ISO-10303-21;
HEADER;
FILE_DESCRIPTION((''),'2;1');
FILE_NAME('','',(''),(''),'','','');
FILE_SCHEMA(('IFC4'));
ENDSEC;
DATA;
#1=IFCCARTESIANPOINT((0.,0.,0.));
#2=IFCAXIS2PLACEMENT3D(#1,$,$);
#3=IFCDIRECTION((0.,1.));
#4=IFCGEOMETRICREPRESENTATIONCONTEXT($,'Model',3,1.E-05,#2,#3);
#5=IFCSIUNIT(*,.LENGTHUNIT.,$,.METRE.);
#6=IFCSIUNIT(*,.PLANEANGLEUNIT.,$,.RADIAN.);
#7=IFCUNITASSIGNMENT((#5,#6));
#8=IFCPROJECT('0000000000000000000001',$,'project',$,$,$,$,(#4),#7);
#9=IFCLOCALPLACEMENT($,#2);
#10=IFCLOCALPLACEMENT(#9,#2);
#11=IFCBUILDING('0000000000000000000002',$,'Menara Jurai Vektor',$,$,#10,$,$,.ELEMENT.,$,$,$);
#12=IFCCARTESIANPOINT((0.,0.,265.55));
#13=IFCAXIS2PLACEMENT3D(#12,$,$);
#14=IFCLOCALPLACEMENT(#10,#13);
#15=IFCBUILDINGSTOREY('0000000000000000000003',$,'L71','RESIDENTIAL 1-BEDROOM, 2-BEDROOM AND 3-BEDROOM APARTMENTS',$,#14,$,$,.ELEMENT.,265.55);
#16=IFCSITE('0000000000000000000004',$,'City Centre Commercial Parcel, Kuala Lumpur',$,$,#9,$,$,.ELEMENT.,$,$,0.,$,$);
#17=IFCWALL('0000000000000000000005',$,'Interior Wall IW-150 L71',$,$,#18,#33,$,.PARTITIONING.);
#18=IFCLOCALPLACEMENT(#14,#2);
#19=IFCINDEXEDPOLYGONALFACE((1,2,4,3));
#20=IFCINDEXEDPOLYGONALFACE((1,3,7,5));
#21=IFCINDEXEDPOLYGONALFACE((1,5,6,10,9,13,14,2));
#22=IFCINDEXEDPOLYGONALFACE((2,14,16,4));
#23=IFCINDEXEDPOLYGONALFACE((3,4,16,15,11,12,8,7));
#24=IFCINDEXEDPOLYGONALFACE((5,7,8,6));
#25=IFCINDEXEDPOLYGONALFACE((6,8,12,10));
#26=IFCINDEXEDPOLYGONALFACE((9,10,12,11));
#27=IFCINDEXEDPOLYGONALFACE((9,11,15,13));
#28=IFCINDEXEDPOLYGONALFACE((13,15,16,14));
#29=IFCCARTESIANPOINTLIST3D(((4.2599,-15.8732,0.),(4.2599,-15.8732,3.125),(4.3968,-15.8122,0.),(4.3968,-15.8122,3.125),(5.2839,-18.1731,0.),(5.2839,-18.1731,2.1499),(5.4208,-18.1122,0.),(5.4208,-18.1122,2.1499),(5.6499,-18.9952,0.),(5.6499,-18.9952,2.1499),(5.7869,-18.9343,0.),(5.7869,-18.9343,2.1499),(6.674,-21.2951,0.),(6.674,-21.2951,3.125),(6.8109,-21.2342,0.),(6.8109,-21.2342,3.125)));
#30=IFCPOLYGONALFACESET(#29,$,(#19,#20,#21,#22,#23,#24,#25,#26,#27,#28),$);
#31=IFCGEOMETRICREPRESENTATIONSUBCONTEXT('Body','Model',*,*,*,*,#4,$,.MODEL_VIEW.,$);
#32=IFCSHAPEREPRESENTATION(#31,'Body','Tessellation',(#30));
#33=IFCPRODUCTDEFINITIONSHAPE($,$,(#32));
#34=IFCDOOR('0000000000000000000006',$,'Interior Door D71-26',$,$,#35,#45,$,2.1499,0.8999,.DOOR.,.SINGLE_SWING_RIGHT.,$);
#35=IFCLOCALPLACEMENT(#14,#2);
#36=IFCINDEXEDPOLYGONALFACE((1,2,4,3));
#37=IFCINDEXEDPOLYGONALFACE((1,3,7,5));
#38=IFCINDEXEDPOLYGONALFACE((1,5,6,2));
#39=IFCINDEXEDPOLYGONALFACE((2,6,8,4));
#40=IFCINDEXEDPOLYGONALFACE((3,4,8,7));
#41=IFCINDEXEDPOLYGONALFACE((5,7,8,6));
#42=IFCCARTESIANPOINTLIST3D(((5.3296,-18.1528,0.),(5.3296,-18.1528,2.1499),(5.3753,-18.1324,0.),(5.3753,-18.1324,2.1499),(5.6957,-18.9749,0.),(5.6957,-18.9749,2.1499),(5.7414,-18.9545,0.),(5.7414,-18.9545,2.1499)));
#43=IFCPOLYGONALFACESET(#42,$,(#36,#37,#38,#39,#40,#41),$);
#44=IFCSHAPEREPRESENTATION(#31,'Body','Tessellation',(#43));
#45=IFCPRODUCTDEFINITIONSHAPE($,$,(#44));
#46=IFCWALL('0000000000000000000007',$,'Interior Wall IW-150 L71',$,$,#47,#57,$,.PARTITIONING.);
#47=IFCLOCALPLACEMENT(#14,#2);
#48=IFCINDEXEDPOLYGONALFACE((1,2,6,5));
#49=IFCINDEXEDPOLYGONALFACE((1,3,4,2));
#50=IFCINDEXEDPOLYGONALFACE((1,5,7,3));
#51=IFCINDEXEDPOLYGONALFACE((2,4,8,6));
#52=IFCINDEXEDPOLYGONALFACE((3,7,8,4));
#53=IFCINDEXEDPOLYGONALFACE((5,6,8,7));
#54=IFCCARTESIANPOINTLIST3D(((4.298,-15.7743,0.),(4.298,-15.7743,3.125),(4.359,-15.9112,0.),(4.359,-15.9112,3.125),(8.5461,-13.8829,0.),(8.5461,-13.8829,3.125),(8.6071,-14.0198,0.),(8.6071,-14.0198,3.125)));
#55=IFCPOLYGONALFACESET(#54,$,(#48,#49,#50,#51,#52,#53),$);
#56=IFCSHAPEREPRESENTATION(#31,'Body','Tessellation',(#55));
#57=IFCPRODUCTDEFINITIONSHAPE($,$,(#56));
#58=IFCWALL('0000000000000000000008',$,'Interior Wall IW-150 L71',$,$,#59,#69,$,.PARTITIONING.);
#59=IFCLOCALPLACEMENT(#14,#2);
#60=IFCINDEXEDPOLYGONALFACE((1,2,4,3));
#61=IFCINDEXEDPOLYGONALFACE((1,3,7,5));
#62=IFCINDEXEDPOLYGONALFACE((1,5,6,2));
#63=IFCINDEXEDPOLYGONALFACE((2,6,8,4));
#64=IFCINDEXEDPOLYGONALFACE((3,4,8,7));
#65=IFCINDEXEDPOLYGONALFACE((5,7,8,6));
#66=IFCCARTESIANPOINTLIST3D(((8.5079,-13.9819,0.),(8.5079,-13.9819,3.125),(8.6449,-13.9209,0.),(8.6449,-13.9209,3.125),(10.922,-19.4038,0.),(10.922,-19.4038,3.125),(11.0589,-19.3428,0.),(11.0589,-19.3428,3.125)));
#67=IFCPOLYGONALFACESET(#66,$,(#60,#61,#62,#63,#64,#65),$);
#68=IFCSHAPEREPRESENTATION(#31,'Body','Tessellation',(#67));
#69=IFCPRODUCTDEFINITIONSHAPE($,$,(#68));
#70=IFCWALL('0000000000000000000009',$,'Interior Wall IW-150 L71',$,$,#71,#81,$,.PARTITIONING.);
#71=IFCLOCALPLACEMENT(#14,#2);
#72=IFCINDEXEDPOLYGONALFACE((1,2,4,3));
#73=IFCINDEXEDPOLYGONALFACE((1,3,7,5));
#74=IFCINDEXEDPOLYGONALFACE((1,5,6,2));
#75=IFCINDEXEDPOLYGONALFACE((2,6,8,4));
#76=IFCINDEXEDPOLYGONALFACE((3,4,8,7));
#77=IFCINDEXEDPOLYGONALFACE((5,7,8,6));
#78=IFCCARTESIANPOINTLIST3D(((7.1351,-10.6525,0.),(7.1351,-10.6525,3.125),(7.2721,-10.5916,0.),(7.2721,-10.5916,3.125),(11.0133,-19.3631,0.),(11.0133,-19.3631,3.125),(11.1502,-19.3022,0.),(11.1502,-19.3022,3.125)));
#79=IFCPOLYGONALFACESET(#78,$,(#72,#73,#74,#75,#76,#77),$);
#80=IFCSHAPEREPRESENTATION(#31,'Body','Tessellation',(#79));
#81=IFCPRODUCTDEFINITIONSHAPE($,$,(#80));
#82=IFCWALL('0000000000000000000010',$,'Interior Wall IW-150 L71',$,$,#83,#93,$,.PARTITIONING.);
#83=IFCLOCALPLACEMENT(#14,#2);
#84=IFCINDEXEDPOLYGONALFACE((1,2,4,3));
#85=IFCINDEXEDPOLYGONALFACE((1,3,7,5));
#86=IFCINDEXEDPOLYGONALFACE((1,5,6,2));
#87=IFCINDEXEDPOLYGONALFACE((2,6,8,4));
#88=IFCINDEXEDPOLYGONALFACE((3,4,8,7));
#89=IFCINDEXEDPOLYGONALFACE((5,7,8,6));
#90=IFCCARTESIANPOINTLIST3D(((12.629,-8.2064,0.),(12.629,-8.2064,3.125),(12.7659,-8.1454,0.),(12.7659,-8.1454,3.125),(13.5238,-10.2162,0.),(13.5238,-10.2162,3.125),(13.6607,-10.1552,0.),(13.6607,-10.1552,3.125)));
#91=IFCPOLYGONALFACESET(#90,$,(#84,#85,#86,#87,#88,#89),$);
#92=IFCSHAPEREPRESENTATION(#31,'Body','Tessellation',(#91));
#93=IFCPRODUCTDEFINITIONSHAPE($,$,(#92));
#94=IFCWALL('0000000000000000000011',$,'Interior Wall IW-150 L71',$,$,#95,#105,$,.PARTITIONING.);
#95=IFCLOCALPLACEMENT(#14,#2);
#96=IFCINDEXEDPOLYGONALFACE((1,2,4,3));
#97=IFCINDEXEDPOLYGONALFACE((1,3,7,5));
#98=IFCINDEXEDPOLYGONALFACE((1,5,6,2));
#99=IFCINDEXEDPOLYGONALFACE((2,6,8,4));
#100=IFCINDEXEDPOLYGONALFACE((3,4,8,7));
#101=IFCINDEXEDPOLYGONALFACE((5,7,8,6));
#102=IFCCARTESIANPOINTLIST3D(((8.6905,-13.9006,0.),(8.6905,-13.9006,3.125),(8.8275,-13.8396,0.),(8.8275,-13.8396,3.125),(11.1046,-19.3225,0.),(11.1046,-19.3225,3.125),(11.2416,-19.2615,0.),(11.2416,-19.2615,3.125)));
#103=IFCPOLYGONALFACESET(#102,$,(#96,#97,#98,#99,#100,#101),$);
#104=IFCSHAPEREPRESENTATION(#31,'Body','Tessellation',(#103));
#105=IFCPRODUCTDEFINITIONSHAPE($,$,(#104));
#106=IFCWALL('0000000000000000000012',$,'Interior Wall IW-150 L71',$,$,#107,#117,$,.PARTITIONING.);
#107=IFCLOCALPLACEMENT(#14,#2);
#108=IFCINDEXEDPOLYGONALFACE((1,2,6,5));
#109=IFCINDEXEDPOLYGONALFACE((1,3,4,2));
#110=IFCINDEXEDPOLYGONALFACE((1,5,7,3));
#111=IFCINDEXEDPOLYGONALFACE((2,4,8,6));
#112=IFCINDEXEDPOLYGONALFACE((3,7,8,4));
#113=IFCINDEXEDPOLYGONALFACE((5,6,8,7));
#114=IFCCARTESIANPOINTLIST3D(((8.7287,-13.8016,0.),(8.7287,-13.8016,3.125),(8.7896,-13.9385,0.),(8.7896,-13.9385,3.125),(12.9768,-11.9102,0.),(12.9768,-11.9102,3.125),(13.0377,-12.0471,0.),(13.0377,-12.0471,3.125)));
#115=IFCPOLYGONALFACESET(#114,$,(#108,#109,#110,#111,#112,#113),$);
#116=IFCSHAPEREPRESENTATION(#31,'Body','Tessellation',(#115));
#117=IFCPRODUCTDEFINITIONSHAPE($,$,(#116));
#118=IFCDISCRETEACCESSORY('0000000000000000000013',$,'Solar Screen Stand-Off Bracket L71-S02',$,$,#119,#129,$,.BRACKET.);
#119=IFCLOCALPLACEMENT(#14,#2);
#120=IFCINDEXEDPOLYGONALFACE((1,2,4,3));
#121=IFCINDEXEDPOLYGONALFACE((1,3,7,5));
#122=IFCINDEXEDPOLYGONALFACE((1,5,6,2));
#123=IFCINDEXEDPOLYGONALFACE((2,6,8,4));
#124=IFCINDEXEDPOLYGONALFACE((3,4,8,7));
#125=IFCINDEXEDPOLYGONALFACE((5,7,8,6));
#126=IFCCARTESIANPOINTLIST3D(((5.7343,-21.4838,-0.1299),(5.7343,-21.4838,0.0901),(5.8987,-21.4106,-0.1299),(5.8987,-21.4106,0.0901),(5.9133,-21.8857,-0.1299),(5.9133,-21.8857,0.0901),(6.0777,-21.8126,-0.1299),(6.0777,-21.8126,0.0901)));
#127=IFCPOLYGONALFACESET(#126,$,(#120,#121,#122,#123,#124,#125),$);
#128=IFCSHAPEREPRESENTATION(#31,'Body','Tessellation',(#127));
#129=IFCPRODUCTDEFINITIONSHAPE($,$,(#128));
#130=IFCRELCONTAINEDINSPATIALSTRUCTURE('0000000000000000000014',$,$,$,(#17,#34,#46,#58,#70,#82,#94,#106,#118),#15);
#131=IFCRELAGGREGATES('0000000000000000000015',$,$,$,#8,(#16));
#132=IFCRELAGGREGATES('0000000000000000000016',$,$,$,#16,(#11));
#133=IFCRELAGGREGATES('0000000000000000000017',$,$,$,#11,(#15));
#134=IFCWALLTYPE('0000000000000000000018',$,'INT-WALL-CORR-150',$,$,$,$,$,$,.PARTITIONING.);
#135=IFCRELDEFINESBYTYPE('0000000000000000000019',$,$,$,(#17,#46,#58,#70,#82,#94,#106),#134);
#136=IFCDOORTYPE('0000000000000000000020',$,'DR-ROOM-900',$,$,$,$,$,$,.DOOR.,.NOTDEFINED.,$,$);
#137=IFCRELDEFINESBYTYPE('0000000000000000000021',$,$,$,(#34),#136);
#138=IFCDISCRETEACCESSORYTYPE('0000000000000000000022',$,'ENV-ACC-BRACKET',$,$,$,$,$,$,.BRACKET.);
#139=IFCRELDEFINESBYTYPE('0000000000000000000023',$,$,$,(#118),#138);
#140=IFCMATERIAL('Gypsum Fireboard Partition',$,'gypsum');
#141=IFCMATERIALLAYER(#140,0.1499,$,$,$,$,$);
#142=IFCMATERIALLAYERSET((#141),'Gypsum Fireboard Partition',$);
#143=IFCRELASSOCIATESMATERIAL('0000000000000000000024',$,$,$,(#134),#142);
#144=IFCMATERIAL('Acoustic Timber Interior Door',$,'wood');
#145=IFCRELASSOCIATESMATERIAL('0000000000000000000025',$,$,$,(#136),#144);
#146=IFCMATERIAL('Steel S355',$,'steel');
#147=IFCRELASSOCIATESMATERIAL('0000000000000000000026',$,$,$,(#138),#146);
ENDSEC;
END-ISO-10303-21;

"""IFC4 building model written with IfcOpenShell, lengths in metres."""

from ifc_helpers import new_model, si_unit, direction, frame, frame_2d, origin, origin_2d, place, context, subcontext, project, spatial, rectangle, extrude, material, layer, layer_set, type_object, element, fill, save


model = new_model("IFC4")

# Units and contexts
model_context = context("Model", 3, precision=1e-05, world=origin(), true_north=direction((0.0, 1.0)))
body_context = subcontext(model_context, "Body", "Model", "MODEL_VIEW")
ifc_project = project(units=[si_unit("LENGTHUNIT", "METRE"), si_unit("PLANEANGLEUNIT", "RADIAN")], contexts=[model_context])

# Site, building, storey
site_placement = place(None, origin())
site = spatial("IfcSite", under=ifc_project, at=site_placement, Name="City Centre Commercial Parcel, Kuala Lumpur", CompositionType="ELEMENT", RefElevation=0.0)
building_placement = place(site_placement, origin())
building = spatial("IfcBuilding", under=site, at=building_placement, Name="Menara Jurai Vektor", CompositionType="ELEMENT")
storey_placement = place(building_placement, frame((0.0, 0.0, 265.55)))
storey = spatial("IfcBuildingStorey", under=building, at=storey_placement, Name="L71", Description="RESIDENTIAL 1-BEDROOM, 2-BEDROOM AND 3-BEDROOM APARTMENTS", CompositionType="ELEMENT", Elevation=265.55)

# Shared definitions
ifc_material_1 = material(Name="Steel S355", Category="steel")

# Shared definitions
ifc_material_2 = material(Name="Gypsum Fireboard Partition", Category="gypsum")
ifc_layer_1 = layer(ifc_material_2, 0.1499)
ifc_layer_set_1 = layer_set([ifc_layer_1], Name="Gypsum Fireboard Partition")
wall_type = type_object("IfcWallType", Name="INT-WALL-CORR-150", PredefinedType="PARTITIONING", material=ifc_layer_set_1)

# Wall, opening, door
wall_1_placement = place(storey_placement, frame((6.7424, -21.2646, 0.0), z_axis=(0.0, 0.0, 1.0), x_axis=(-0.406749, 0.91354, 0.0)))
wall_1 = element("IfcWall", 1, at=wall_1_placement, inside=storey, type_object=wall_type, Name="Interior Wall IW-150 L71", PredefinedType="PARTITIONING", context=body_context, shape_type="SweptSolid", body=[
    extrude(rectangle(XDim=5.9351, YDim=0.1499, at=frame_2d((2.9675, 0.0))), origin(), (0.0, 0.0, 1.0), 3.125),
])
opening_1_placement = place(wall_1_placement, frame((2.5176, 0.0, 0.0)))
opening_1 = element("IfcOpeningElement", 2, at=opening_1_placement, cuts=wall_1, PredefinedType="OPENING", context=body_context, shape_type="SweptSolid", body=[
    extrude(rectangle(XDim=0.8999, YDim=2.1499, at=frame_2d((0.45, 1.075))), frame((0.0, 0.085, 0.0), z_axis=(0.0, -1.0, 0.0), x_axis=(1.0, 0.0, 0.0)), (0.0, 0.0, 1.0), 0.1699),
])
ifc_material_3 = material(Name="Acoustic Timber Interior Door", Category="wood")
door_type_1 = type_object("IfcDoorType", Name="DR-ROOM-900", OperationType="NOTDEFINED", PredefinedType="DOOR", material=ifc_material_3)
door_1_placement = place(opening_1_placement, origin())
door_1 = element("IfcDoor", 3, at=door_1_placement, inside=storey, type_object=door_type_1, Name="Interior Door D71-26", OperationType="SINGLE_SWING_RIGHT", OverallHeight=2.1499, OverallWidth=0.8999, PredefinedType="DOOR", context=body_context, shape_type="SweptSolid", body=[
    extrude(rectangle(XDim=0.8999, YDim=2.1499, at=frame_2d((0.45, 1.075))), frame((0.0, 0.0249, 0.0), z_axis=(0.0, -1.0, 0.0), x_axis=(1.0, 0.0, 0.0)), (0.0, 0.0, 1.0), 0.05),
])
fill(opening_1, door_1)

# Walls
wall_2_placement = place(storey_placement, frame((4.3284, -15.8428, 0.0), z_axis=(0.0, 0.0, 1.0), x_axis=(0.913545, 0.406738, 0.0)))
element("IfcWall", 4, at=wall_2_placement, inside=storey, type_object=wall_type, Name="Interior Wall IW-150 L71", PredefinedType="PARTITIONING", context=body_context, shape_type="SweptSolid", body=[
    extrude(rectangle(XDim=4.6501, YDim=0.1499, at=frame_2d((2.3252, 0.0))), origin(), (0.0, 0.0, 1.0), 3.125),
])
wall_3_placement = place(storey_placement, frame((10.9905, -19.3733, 0.0), z_axis=(0.0, 0.0, 1.0), x_axis=(-0.406749, 0.91354, 0.0)))
element("IfcWall", 5, at=wall_3_placement, inside=storey, type_object=wall_type, Name="Interior Wall IW-150 L71", PredefinedType="PARTITIONING", context=body_context, shape_type="SweptSolid", body=[
    extrude(rectangle(XDim=5.9351, YDim=0.1499, at=frame_2d((2.9675, 0.0))), origin(), (0.0, 0.0, 1.0), 3.125),
])
wall_4_placement = place(storey_placement, frame((11.0818, -19.3328, 0.0), z_axis=(0.0, 0.0, 1.0), x_axis=(-0.40673, 0.913548, 0.0)))
element("IfcWall", 6, at=wall_4_placement, inside=storey, type_object=wall_type, Name="Interior Wall IW-150 L71", PredefinedType="PARTITIONING", context=body_context, shape_type="SweptSolid", body=[
    extrude(rectangle(XDim=9.5349, YDim=0.1499, at=frame_2d((4.7676, 0.0))), origin(), (0.0, 0.0, 1.0), 3.125),
])
wall_5_placement = place(storey_placement, frame((13.5923, -10.1858, 0.0), z_axis=(0.0, 0.0, 1.0), x_axis=(-0.406725, 0.913551, 0.0)))
element("IfcWall", 7, at=wall_5_placement, inside=storey, type_object=wall_type, Name="Interior Wall IW-150 L71", PredefinedType="PARTITIONING", context=body_context, shape_type="SweptSolid", body=[
    extrude(rectangle(XDim=2.2, YDim=0.1499, at=frame_2d((1.1001, 0.0))), origin(), (0.0, 0.0, 1.0), 3.125),
])

# Walls
wall_6_placement = place(storey_placement, frame((11.1731, -19.292, 0.0), z_axis=(0.0, 0.0, 1.0), x_axis=(-0.406749, 0.91354, 0.0)))
element("IfcWall", 8, at=wall_6_placement, inside=storey, type_object=wall_type, Name="Interior Wall IW-150 L71", PredefinedType="PARTITIONING", context=body_context, shape_type="SweptSolid", body=[
    extrude(rectangle(XDim=5.9351, YDim=0.1499, at=frame_2d((2.9675, 0.0))), origin(), (0.0, 0.0, 1.0), 3.125),
])
wall_7_placement = place(storey_placement, frame((8.759, -13.8701, 0.0), z_axis=(0.0, 0.0, 1.0), x_axis=(0.913545, 0.406738, 0.0)))
element("IfcWall", 9, at=wall_7_placement, inside=storey, type_object=wall_type, Name="Interior Wall IW-150 L71", PredefinedType="PARTITIONING", context=body_context, shape_type="SweptSolid", body=[
    extrude(rectangle(XDim=4.6501, YDim=0.1499, at=frame_2d((2.3252, 0.0))), origin(), (0.0, 0.0, 1.0), 3.125),
])

# Discrete accessory
discrete_accessory_type = type_object("IfcDiscreteAccessoryType", Name="ENV-ACC-BRACKET", PredefinedType="BRACKET", material=ifc_material_1)
discrete_accessory_placement = place(storey_placement, frame((5.906, -21.6482, -0.1299), z_axis=(0.0, 0.0, 1.0), x_axis=(0.913545, 0.406737, 0.0)))
element("IfcDiscreteAccessory", 10, at=discrete_accessory_placement, inside=storey, type_object=discrete_accessory_type, Name="Solar Screen Stand-Off Bracket L71-S02", PredefinedType="BRACKET", context=body_context, shape_type="SweptSolid", body=[
    extrude(rectangle(XDim=0.1799, YDim=0.4399, at=origin_2d()), origin(), (0.0, 0.0, 1.0), 0.22),
])

save(model, "model.ifc")
